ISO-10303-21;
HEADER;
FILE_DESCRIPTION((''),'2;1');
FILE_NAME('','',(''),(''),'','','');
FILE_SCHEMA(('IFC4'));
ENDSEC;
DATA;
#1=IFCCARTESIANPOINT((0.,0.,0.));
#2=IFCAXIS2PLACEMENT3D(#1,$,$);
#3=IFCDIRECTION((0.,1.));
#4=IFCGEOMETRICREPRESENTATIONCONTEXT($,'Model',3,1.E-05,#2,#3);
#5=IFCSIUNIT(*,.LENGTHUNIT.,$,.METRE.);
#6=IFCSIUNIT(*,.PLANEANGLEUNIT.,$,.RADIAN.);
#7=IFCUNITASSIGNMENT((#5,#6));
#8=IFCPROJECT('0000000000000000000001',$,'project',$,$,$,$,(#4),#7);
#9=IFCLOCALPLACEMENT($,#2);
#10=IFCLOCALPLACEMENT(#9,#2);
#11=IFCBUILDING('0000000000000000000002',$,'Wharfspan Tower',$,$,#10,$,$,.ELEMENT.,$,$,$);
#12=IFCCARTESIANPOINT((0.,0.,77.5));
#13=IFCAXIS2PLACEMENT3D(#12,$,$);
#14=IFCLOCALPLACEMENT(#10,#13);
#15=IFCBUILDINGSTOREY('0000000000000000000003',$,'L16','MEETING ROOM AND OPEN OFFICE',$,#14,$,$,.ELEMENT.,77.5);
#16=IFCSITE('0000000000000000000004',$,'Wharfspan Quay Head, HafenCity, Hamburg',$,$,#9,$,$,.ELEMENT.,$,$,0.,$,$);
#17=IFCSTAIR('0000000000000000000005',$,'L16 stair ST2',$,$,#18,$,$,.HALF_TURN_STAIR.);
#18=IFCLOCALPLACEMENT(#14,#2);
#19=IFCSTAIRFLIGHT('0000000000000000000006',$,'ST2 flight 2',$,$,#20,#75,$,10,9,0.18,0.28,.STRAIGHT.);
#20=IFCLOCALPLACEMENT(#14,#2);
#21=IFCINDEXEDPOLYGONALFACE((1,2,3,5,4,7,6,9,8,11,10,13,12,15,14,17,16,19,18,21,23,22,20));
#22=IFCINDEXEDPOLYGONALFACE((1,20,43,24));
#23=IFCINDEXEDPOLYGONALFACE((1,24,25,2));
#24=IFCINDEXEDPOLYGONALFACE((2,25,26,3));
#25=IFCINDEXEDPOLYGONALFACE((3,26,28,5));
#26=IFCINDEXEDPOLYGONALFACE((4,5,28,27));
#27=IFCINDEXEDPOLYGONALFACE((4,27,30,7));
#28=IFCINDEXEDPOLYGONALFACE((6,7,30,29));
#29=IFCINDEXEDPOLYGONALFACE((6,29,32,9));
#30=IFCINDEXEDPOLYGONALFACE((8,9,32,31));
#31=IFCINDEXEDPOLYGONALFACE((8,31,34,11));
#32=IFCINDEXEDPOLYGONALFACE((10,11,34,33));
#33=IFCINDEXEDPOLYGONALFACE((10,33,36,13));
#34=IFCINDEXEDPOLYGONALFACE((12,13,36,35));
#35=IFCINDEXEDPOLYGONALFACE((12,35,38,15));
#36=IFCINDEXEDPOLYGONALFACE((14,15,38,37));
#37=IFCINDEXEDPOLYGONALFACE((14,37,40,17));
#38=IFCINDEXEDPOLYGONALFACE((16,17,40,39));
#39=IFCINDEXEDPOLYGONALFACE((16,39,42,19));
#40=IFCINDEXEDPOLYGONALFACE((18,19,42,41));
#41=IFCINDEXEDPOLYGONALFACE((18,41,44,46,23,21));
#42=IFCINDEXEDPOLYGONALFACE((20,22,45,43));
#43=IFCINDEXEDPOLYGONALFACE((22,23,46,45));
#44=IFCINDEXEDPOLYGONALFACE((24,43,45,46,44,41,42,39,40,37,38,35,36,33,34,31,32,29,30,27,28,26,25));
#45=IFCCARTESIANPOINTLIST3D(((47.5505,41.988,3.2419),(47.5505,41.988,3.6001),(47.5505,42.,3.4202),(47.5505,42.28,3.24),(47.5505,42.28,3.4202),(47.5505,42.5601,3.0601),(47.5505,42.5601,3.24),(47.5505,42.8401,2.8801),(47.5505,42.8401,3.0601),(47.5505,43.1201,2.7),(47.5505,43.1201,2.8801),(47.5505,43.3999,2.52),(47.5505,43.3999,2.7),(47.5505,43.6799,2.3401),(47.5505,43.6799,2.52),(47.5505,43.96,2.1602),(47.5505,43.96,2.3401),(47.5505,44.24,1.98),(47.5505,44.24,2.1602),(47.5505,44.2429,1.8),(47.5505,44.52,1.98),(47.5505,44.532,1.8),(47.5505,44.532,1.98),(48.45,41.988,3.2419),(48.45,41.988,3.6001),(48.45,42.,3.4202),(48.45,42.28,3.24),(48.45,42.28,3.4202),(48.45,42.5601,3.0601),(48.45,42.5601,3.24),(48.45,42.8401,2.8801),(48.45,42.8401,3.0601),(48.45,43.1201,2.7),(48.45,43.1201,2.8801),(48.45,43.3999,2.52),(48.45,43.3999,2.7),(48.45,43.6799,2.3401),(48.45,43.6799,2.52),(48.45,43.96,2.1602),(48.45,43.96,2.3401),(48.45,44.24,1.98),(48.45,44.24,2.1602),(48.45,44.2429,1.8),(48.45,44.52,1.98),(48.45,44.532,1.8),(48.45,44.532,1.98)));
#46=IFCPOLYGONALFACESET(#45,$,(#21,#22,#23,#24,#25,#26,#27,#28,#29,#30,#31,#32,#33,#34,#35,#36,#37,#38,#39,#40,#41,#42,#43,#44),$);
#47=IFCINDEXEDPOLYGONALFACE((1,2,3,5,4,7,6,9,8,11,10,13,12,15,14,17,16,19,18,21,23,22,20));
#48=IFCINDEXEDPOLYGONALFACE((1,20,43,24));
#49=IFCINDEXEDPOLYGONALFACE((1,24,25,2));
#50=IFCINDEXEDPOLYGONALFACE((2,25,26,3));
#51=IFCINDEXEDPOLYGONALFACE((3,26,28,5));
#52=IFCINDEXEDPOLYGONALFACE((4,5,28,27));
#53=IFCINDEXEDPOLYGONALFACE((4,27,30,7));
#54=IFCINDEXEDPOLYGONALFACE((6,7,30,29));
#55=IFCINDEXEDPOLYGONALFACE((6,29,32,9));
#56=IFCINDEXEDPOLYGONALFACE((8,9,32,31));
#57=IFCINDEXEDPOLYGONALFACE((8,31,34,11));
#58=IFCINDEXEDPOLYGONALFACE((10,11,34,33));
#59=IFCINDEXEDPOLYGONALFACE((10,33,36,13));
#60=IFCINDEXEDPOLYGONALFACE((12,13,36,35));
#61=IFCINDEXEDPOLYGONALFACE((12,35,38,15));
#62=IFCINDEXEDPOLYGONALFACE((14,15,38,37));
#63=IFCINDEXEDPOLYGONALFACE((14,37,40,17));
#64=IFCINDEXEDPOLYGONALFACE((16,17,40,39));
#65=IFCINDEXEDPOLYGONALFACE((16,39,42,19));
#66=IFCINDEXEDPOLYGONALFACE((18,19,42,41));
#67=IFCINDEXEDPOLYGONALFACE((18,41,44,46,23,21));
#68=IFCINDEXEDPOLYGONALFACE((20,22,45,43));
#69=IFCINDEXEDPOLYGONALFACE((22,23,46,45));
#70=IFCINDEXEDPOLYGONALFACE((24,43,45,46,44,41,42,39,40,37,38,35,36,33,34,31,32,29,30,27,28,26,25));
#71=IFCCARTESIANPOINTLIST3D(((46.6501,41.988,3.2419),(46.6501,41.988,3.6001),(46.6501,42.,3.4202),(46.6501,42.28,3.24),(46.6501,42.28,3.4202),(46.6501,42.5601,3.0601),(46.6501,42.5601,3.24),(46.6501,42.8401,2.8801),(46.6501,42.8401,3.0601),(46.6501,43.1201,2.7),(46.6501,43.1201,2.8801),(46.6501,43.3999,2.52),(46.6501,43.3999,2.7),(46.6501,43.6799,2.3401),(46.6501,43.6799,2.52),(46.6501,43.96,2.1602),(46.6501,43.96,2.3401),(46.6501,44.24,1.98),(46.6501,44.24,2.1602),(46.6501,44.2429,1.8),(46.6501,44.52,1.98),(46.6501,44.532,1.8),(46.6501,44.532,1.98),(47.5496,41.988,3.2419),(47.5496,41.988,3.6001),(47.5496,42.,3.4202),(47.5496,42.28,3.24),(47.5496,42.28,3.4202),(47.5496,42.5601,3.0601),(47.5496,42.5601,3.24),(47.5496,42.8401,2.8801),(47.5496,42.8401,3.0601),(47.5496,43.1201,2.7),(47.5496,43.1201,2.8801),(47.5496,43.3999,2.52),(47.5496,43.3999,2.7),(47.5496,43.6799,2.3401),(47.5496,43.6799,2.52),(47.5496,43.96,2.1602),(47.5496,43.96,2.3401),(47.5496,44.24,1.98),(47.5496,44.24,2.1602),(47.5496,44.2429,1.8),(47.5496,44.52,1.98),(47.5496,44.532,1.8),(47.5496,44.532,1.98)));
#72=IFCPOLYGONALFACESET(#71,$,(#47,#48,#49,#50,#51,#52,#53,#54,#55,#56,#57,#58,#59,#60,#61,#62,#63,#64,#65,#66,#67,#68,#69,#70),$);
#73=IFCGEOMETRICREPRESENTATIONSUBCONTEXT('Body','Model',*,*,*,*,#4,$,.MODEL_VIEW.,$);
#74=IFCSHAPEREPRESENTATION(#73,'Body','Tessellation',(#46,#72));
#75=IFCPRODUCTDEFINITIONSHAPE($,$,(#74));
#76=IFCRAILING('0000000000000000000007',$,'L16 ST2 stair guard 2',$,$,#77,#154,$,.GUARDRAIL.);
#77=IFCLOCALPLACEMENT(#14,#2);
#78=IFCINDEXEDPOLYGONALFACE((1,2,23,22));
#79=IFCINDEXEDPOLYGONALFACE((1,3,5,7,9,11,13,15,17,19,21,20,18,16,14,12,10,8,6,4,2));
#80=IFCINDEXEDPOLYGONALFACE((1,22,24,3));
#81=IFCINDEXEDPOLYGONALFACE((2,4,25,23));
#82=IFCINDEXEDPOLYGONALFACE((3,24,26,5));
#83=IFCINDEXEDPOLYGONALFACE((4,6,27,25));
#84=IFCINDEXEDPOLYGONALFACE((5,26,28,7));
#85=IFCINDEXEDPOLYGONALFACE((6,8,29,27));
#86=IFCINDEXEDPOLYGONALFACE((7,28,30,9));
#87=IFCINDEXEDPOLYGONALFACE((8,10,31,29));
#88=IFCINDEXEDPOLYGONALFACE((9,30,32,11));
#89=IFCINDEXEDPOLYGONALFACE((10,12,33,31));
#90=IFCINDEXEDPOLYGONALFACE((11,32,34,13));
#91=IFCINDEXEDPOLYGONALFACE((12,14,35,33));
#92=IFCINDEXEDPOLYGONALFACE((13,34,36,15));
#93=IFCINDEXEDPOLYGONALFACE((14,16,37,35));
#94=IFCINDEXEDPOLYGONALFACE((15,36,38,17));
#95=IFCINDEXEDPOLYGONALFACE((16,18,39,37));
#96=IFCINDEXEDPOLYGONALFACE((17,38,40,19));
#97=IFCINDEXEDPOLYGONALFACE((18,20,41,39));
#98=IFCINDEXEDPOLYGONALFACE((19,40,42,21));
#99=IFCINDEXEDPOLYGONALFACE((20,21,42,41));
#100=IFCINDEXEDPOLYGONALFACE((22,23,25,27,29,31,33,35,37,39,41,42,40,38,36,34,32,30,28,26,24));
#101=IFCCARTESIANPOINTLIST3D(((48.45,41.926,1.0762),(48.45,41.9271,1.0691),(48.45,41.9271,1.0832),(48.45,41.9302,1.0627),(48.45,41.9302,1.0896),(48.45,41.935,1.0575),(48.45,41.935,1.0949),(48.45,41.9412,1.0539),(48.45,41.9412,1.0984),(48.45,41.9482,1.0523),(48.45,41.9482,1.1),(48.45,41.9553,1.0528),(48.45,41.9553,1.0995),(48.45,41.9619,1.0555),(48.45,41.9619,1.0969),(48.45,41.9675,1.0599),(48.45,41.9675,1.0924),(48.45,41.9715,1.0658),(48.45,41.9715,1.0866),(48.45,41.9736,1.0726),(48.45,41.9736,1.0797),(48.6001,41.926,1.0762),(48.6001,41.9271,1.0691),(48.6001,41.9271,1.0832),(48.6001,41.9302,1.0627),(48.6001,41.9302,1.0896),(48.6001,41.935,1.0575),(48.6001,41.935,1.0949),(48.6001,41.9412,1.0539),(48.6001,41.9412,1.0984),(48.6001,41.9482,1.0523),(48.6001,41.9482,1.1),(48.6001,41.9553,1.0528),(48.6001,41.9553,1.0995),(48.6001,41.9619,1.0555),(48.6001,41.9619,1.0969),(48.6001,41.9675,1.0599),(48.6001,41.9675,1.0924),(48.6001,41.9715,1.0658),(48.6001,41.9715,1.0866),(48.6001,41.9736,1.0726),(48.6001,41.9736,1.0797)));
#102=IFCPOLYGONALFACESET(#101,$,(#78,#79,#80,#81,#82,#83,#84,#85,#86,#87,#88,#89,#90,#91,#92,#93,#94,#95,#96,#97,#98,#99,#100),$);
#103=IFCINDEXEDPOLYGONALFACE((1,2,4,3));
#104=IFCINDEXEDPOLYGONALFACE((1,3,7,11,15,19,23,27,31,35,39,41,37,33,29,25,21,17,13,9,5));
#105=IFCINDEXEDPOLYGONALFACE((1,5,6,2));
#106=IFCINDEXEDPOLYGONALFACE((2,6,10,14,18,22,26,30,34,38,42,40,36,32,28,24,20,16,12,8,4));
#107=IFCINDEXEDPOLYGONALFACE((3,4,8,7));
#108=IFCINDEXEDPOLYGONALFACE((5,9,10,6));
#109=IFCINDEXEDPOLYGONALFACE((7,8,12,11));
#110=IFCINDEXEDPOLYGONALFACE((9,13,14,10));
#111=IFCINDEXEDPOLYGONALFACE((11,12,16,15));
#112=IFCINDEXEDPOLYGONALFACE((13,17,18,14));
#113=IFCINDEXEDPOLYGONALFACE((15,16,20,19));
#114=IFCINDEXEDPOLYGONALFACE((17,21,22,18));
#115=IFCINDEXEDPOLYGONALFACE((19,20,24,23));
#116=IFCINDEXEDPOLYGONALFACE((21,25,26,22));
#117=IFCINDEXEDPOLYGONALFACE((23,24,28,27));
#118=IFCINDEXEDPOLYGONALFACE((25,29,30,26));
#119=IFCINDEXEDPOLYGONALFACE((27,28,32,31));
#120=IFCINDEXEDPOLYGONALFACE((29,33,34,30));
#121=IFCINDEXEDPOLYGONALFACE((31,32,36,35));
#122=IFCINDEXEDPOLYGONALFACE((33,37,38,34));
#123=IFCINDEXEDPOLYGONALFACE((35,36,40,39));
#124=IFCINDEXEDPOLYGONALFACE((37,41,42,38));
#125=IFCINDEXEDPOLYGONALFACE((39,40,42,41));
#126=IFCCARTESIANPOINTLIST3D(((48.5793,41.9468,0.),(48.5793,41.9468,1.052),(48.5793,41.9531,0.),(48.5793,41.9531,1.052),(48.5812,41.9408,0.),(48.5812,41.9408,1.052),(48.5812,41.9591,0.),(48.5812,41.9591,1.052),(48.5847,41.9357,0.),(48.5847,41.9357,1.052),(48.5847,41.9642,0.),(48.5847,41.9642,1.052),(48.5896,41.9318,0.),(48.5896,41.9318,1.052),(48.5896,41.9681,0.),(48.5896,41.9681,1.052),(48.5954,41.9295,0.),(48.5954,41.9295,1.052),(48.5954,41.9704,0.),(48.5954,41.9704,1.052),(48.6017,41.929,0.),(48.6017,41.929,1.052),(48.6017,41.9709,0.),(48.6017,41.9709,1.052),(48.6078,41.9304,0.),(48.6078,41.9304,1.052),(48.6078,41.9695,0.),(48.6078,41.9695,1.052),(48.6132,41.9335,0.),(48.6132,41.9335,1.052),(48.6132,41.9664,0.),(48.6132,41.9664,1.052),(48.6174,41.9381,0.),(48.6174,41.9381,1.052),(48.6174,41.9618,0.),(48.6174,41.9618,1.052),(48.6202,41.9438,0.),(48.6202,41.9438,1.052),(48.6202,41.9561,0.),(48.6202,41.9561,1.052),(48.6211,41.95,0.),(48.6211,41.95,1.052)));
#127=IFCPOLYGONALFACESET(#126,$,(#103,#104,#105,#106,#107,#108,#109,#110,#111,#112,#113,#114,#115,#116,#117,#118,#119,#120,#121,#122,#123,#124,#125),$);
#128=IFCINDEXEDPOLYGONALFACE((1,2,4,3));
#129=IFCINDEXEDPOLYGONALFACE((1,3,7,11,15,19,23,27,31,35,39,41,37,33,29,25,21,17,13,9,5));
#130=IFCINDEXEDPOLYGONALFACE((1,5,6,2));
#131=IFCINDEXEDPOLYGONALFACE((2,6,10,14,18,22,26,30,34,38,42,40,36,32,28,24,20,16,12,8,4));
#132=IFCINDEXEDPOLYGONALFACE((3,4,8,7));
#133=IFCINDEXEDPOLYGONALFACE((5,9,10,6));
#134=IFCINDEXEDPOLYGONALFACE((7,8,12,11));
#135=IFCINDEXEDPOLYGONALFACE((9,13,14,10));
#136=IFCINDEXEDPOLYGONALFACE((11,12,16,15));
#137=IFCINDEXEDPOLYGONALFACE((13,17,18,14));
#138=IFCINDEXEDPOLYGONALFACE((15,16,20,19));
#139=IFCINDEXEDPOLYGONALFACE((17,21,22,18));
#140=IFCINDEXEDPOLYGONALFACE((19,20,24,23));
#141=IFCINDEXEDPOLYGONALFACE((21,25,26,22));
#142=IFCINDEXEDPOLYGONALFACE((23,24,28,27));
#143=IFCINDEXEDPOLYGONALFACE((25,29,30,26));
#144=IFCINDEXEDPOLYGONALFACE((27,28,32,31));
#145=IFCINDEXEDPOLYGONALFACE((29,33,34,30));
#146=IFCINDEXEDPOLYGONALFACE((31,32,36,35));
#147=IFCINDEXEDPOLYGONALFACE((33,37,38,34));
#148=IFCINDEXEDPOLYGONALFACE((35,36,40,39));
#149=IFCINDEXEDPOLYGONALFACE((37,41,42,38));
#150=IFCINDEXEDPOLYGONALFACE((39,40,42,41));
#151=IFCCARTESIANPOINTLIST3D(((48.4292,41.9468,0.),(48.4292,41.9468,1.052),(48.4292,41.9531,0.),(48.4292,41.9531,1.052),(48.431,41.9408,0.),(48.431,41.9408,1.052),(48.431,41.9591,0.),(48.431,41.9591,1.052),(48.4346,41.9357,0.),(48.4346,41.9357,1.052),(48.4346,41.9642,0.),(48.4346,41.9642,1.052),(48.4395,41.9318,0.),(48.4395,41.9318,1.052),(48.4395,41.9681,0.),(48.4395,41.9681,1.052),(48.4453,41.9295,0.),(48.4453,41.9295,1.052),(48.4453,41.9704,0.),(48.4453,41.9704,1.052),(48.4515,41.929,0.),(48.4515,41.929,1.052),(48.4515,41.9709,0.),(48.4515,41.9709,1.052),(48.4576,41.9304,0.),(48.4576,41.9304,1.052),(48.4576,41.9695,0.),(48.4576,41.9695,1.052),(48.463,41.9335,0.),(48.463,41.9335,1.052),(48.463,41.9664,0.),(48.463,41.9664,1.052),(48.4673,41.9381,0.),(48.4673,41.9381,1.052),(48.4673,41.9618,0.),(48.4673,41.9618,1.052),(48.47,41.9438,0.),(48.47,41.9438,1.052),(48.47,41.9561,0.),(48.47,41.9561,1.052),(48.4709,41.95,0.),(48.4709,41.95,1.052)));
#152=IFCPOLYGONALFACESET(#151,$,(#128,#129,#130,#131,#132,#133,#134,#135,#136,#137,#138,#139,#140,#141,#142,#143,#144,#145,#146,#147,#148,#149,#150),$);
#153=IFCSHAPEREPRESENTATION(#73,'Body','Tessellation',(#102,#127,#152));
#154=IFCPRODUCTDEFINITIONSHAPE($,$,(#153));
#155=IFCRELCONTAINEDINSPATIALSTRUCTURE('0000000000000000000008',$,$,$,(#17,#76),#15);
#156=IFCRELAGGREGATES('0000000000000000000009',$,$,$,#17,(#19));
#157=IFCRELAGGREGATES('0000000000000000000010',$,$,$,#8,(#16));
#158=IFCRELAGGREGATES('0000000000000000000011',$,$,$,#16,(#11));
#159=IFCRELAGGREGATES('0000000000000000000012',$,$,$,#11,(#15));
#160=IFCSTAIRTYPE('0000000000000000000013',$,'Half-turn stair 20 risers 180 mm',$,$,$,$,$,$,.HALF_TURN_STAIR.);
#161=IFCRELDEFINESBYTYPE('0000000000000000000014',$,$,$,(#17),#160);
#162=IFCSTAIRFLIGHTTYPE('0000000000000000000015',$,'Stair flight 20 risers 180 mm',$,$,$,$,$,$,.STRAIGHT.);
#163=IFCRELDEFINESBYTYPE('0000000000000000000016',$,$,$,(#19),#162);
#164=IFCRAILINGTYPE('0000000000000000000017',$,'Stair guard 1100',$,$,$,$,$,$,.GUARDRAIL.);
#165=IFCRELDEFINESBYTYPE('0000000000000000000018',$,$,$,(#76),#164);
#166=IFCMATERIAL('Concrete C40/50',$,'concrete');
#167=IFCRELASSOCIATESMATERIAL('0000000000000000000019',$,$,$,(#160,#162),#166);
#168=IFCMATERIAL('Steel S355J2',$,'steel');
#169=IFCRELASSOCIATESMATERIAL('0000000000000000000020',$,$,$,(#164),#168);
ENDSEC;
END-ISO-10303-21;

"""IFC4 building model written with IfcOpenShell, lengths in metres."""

from ifc_helpers import new_model, si_unit, direction, frame, origin, origin_2d, place, context, subcontext, project, spatial, polyline, circle, outline, extrude, material, type_object, element, aggregate, save


model = new_model("IFC4")

# Units and contexts
model_context = context("Model", 3, precision=1e-05, world=origin(), true_north=direction((0.0, 1.0)))
body_context = subcontext(model_context, "Body", "Model", "MODEL_VIEW")
ifc_project = project(units=[si_unit("LENGTHUNIT", "METRE"), si_unit("PLANEANGLEUNIT", "RADIAN")], contexts=[model_context])

# Site, building, storey
site_placement = place(None, origin())
site = spatial("IfcSite", under=ifc_project, at=site_placement, Name="Wharfspan Quay Head, HafenCity, Hamburg", CompositionType="ELEMENT", RefElevation=0.0)
building_placement = place(site_placement, origin())
building = spatial("IfcBuilding", under=site, at=building_placement, Name="Wharfspan Tower", CompositionType="ELEMENT")
storey_placement = place(building_placement, frame((0.0, 0.0, 77.5)))
storey = spatial("IfcBuildingStorey", under=building, at=storey_placement, Name="L16", Description="MEETING ROOM AND OPEN OFFICE", CompositionType="ELEMENT", Elevation=77.5)

# Shared definitions
ifc_material_1 = material(Name="Steel S355J2", Category="steel")

# Shared definitions
ifc_material_2 = material(Name="Concrete C40/50", Category="concrete")

# Stair, stair flight
stair_type = type_object("IfcStairType", Name="Half-turn stair 20 risers 180 mm", PredefinedType="HALF_TURN_STAIR", material=ifc_material_2)
stair_placement = place(storey_placement, origin())
stair = element("IfcStair", 1, at=stair_placement, inside=storey, type_object=stair_type, Name="L16 stair ST2", PredefinedType="HALF_TURN_STAIR")
stair_flight_type = type_object("IfcStairFlightType", Name="Stair flight 20 risers 180 mm", PredefinedType="STRAIGHT", material=ifc_material_2)
stair_flight_1_placement = place(storey_placement, frame((47.55, 44.52, 1.8), z_axis=(0.0, 0.0, 1.0), x_axis=(0.0, -1.0, 0.0)))
stair_flight_1 = element("IfcStairFlight", 2, at=stair_flight_1_placement, type_object=stair_flight_type, Name="ST2 flight 2", NumberOfRisers=10, NumberOfTreads=9, PredefinedType="STRAIGHT", RiserHeight=0.18, TreadLength=0.28, context=body_context, shape_type="SweptSolid", body=[
    extrude(outline(polyline([(-0.012, 0.0), (-0.012, 0.1799), (0.0, 0.1799), (0.28, 0.1799), (0.28, 0.3601), (0.5601, 0.3601), (0.5601, 0.54), (0.8401, 0.54), (0.8401, 0.72), (1.1201, 0.72), (1.1201, 0.8999), (1.3999, 0.8999), (1.3999, 1.0801), (1.6799, 1.0801), (1.6799, 1.26), (1.96, 1.26), (1.96, 1.4399), (2.24, 1.4399), (2.24, 1.6201), (2.52, 1.6201), (2.532, 1.8), (2.532, 1.4419), (0.2771, 0.0), (-0.012, 0.0)])), frame((0.0, 0.8999, 0.0), z_axis=(0.0, -1.0, 0.0), x_axis=(1.0, 0.0, 0.0)), (0.0, 0.0, 1.0), 0.8994),
    extrude(outline(polyline([(-0.012, 0.0), (-0.012, 0.1799), (0.0, 0.1799), (0.28, 0.1799), (0.28, 0.3601), (0.5601, 0.3601), (0.5601, 0.54), (0.8401, 0.54), (0.8401, 0.72), (1.1201, 0.72), (1.1201, 0.8999), (1.3999, 0.8999), (1.3999, 1.0801), (1.6799, 1.0801), (1.6799, 1.26), (1.96, 1.26), (1.96, 1.4399), (2.24, 1.4399), (2.24, 1.6201), (2.52, 1.6201), (2.532, 1.8), (2.532, 1.4419), (0.2771, 0.0), (-0.012, 0.0)])), frame((0.0, -0.0005, 0.0), z_axis=(0.0, -1.0, 0.0), x_axis=(1.0, 0.0, 0.0)), (0.0, 0.0, 1.0), 0.8994),
])
aggregate(stair, [stair_flight_1])

# Railing
railing_type_1 = type_object("IfcRailingType", Name="Stair guard 1100", PredefinedType="GUARDRAIL", material=ifc_material_1)
railing_1_placement = place(storey_placement, frame((48.6001, 41.95, 0.0)))
element("IfcRailing", 3, at=railing_1_placement, inside=storey, type_object=railing_type_1, Name="L16 ST2 stair guard 2", PredefinedType="GUARDRAIL", context=body_context, shape_type="SweptSolid", body=[
    extrude(circle(Radius=0.0239, at=origin_2d()), frame((0.0, 0.0, 1.0762), z_axis=(-1.0, 0.0, 0.0), x_axis=(0.0, -1.0, 0.0)), (0.0, 0.0, 1.0), 0.1501),
    extrude(circle(Radius=0.021, at=origin_2d()), origin(), (0.0, 0.0, 1.0), 1.052),
    extrude(circle(Radius=0.021, at=origin_2d()), frame((-0.1501, 0.0, 0.0)), (0.0, 0.0, 1.0), 1.052),
])

save(model, "model.ifc")
